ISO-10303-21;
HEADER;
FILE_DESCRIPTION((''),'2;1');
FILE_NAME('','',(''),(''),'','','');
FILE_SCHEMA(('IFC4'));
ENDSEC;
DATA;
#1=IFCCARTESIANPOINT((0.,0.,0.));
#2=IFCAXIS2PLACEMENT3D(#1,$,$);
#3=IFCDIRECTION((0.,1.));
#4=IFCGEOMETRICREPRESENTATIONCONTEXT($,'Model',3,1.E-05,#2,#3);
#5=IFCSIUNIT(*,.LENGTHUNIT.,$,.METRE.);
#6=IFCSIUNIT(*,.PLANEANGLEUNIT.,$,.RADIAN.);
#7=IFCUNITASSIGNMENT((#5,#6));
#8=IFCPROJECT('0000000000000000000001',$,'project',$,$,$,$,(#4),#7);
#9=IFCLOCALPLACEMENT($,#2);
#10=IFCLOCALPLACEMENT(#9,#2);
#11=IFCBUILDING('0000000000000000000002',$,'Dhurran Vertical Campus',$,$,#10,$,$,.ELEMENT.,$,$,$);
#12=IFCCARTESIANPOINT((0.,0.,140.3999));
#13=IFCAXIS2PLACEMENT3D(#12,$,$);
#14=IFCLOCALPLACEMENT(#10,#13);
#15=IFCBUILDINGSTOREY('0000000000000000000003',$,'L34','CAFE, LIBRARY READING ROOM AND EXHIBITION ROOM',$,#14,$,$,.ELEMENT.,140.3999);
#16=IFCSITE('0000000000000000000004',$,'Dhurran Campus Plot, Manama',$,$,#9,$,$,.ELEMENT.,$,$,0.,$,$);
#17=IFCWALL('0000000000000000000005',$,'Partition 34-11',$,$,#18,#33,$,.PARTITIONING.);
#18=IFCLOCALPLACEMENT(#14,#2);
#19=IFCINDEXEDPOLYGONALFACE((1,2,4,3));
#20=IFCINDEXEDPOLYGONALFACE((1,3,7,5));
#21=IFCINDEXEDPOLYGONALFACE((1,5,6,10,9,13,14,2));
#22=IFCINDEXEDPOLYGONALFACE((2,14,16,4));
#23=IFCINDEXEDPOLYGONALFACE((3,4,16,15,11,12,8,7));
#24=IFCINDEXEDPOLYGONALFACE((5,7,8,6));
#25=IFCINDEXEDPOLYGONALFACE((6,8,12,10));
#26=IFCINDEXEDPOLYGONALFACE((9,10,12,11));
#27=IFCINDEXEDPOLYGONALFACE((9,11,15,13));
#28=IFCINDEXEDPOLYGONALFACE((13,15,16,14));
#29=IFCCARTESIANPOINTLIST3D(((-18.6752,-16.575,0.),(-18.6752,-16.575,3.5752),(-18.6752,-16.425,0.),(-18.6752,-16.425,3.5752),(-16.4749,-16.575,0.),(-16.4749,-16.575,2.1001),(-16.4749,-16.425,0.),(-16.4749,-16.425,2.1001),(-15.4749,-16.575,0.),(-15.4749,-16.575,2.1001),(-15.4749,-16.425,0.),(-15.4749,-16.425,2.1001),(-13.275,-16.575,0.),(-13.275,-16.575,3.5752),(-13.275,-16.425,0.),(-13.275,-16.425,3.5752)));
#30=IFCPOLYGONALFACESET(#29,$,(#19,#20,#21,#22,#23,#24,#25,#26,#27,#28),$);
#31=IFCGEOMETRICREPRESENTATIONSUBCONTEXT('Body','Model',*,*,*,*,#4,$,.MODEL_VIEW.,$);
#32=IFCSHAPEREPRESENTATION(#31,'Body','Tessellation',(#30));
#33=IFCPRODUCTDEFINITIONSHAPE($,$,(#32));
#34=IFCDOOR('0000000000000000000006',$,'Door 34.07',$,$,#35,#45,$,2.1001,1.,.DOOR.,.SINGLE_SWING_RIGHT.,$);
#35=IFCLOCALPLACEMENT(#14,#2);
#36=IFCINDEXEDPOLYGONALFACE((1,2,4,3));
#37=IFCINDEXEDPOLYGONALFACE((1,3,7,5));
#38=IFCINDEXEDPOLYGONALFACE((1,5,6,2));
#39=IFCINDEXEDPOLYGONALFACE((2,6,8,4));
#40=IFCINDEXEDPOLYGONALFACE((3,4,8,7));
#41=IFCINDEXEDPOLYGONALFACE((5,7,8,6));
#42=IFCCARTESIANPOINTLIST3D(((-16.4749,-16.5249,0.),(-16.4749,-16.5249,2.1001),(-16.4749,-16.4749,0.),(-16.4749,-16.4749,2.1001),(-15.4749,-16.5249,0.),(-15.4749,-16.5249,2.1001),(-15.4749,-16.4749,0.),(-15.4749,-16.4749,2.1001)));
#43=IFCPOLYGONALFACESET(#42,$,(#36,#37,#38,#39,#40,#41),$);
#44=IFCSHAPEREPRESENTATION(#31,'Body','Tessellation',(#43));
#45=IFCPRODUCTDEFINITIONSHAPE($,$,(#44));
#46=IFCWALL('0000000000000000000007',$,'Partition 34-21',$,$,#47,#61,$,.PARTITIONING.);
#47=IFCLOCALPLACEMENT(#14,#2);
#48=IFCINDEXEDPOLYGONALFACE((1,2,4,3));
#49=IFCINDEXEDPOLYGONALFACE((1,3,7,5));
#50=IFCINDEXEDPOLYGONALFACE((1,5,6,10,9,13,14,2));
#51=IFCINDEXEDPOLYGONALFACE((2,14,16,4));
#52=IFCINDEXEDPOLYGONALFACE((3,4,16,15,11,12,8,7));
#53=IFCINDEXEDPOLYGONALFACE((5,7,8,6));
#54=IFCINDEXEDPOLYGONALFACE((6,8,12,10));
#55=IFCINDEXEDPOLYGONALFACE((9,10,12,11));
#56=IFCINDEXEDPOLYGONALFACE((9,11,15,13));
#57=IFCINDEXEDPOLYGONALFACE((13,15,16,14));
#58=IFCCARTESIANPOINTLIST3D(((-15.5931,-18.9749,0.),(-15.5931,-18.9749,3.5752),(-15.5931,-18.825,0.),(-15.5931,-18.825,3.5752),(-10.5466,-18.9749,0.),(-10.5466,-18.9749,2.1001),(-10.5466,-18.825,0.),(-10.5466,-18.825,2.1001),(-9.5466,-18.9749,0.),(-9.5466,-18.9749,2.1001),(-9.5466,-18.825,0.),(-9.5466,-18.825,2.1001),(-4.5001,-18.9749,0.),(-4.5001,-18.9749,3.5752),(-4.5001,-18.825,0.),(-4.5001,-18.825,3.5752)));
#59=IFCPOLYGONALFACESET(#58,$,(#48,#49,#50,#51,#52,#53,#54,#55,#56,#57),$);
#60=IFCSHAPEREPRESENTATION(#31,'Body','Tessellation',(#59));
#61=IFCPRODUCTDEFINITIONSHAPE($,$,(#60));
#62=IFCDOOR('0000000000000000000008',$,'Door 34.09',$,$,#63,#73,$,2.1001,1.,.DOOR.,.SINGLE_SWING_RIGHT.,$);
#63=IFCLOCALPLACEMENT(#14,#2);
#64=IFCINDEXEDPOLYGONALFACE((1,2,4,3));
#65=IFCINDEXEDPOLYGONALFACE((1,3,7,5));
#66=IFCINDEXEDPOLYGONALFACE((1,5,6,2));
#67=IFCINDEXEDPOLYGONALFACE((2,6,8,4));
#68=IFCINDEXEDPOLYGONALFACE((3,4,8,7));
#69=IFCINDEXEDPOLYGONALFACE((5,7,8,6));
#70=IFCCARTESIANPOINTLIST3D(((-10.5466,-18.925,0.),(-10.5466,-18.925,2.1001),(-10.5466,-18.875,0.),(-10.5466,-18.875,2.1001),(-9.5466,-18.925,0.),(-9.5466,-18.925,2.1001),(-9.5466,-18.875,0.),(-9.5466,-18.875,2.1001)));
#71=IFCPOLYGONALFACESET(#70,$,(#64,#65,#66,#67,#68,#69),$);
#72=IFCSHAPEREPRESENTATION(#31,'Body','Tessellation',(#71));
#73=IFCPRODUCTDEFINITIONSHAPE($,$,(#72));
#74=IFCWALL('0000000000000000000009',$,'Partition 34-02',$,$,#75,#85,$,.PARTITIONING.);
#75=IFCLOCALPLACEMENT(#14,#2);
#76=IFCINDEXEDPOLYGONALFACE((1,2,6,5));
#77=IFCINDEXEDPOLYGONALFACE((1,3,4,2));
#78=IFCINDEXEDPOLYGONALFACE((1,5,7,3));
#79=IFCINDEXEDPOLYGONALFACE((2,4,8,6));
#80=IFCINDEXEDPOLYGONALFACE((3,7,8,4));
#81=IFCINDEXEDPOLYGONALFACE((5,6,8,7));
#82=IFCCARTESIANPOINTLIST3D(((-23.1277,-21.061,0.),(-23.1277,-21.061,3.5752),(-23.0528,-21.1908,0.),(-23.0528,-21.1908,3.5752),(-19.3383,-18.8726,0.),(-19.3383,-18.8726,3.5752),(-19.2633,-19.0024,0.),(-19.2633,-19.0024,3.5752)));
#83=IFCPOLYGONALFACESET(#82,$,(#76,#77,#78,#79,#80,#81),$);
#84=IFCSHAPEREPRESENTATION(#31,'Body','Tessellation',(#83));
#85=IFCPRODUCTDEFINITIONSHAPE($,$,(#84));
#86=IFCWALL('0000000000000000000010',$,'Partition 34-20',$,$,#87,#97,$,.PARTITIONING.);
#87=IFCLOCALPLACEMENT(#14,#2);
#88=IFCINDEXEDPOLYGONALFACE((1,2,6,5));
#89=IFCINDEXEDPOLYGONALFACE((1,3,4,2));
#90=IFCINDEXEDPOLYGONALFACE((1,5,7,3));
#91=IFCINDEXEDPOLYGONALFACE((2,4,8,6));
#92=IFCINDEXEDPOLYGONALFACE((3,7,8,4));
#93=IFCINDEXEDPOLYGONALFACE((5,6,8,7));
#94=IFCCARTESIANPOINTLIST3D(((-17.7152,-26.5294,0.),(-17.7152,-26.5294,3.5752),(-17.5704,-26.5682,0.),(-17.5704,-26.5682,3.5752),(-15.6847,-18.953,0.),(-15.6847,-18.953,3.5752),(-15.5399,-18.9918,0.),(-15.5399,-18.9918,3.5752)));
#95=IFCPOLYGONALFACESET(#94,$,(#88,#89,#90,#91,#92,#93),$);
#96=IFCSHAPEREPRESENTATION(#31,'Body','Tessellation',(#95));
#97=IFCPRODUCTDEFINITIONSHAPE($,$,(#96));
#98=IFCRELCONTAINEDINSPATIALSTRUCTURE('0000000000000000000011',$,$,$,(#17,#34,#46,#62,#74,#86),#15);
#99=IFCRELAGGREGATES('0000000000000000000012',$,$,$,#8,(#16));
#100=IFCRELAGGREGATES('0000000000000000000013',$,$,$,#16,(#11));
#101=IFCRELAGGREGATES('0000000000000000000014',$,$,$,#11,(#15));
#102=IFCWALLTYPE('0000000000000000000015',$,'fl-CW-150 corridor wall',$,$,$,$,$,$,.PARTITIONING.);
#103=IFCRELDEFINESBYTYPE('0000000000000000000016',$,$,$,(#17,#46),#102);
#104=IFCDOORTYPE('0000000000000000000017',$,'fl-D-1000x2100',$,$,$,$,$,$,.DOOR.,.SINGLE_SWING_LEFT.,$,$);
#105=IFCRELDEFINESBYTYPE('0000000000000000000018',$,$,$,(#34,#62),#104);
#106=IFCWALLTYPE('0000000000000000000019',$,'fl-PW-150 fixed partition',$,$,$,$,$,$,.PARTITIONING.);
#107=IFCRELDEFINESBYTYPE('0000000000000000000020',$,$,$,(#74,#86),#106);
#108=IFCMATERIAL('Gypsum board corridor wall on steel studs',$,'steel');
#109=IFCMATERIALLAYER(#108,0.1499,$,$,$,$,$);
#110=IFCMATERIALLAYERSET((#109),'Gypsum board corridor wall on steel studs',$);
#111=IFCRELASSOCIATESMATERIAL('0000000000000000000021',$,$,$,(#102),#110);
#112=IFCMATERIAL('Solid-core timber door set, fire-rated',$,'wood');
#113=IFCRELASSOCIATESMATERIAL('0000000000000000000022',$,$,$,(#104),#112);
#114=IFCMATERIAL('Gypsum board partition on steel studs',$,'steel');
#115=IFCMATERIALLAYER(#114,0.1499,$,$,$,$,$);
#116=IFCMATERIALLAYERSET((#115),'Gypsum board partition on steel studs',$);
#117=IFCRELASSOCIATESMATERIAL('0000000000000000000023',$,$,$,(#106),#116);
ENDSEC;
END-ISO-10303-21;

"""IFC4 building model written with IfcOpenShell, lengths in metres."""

from ifc_helpers import new_model, si_unit, direction, frame, frame_2d, origin, place, context, subcontext, project, spatial, rectangle, extrude, material, layer, layer_set, type_object, element, fill, save


model = new_model("IFC4")

# Units and contexts
model_context = context("Model", 3, precision=1e-05, world=origin(), true_north=direction((0.0, 1.0)))
body_context = subcontext(model_context, "Body", "Model", "MODEL_VIEW")
ifc_project = project(units=[si_unit("LENGTHUNIT", "METRE"), si_unit("PLANEANGLEUNIT", "RADIAN")], contexts=[model_context])

# Site, building, storey
site_placement = place(None, origin())
site = spatial("IfcSite", under=ifc_project, at=site_placement, Name="Dhurran Campus Plot, Manama", CompositionType="ELEMENT", RefElevation=0.0)
building_placement = place(site_placement, origin())
building = spatial("IfcBuilding", under=site, at=building_placement, Name="Dhurran Vertical Campus", CompositionType="ELEMENT")
storey_placement = place(building_placement, frame((0.0, 0.0, 140.3999)))
storey = spatial("IfcBuildingStorey", under=building, at=storey_placement, Name="L34", Description="CAFE, LIBRARY READING ROOM AND EXHIBITION ROOM", CompositionType="ELEMENT", Elevation=140.3999)

# Shared definitions
ifc_material_1 = material(Name="Gypsum board corridor wall on steel studs", Category="steel")
ifc_layer_1 = layer(ifc_material_1, 0.1499)
ifc_layer_set_1 = layer_set([ifc_layer_1], Name="Gypsum board corridor wall on steel studs")
wall_type_1 = type_object("IfcWallType", Name="fl-CW-150 corridor wall", PredefinedType="PARTITIONING", material=ifc_layer_set_1)

# Shared definitions
ifc_material_2 = material(Name="Solid-core timber door set, fire-rated", Category="wood")
door_type = type_object("IfcDoorType", Name="fl-D-1000x2100", OperationType="SINGLE_SWING_LEFT", PredefinedType="DOOR", material=ifc_material_2)

# Walls, openings, doors
wall_1_placement = place(storey_placement, frame((-13.2749, -16.5, 0.0), z_axis=(0.0, 0.0, 1.0), x_axis=(-1.0, 0.0, 0.0)))
wall_1 = element("IfcWall", 1, at=wall_1_placement, inside=storey, type_object=wall_type_1, Name="Partition 34-11", PredefinedType="PARTITIONING", context=body_context, shape_type="SweptSolid", body=[
    extrude(rectangle(XDim=5.4001, YDim=0.1499, at=frame_2d((2.7002, 0.0))), origin(), (0.0, 0.0, 1.0), 3.5752),
])
opening_1_placement = place(wall_1_placement, frame((2.2, 0.0, 0.0)))
opening_1 = element("IfcOpeningElement", 2, at=opening_1_placement, cuts=wall_1, PredefinedType="OPENING", context=body_context, shape_type="SweptSolid", body=[
    extrude(rectangle(XDim=1.0, YDim=2.1001, at=frame_2d((0.5, 1.05))), frame((0.0, 0.085, 0.0), z_axis=(0.0, -1.0, 0.0), x_axis=(1.0, 0.0, 0.0)), (0.0, 0.0, 1.0), 0.1699),
])
door_1_placement = place(opening_1_placement, origin())
door_1 = element("IfcDoor", 3, at=door_1_placement, inside=storey, type_object=door_type, Name="Door 34.07", OperationType="SINGLE_SWING_RIGHT", OverallHeight=2.1001, OverallWidth=1.0, PredefinedType="DOOR", context=body_context, shape_type="SweptSolid", body=[
    extrude(rectangle(XDim=1.0, YDim=2.1001, at=frame_2d((0.5, 1.05))), frame((0.0, 0.0249, 0.0), z_axis=(0.0, -1.0, 0.0), x_axis=(1.0, 0.0, 0.0)), (0.0, 0.0, 1.0), 0.05),
])
fill(opening_1, door_1)
wall_2_placement = place(storey_placement, frame((-15.593, -18.8999, 0.0), z_axis=(0.0, 0.0, 1.0), x_axis=(1.0, 0.0, 0.0)))
wall_2 = element("IfcWall", 4, at=wall_2_placement, inside=storey, type_object=wall_type_1, Name="Partition 34-21", PredefinedType="PARTITIONING", context=body_context, shape_type="SweptSolid", body=[
    extrude(rectangle(XDim=11.093, YDim=0.1499, at=frame_2d((5.5464, 0.0))), origin(), (0.0, 0.0, 1.0), 3.5752),
])
opening_2_placement = place(wall_2_placement, frame((5.0464, 0.0, 0.0)))
opening_2 = element("IfcOpeningElement", 5, at=opening_2_placement, cuts=wall_2, PredefinedType="OPENING", context=body_context, shape_type="SweptSolid", body=[
    extrude(rectangle(XDim=1.0, YDim=2.1001, at=frame_2d((0.5, 1.05))), frame((0.0, 0.085, 0.0), z_axis=(0.0, -1.0, 0.0), x_axis=(1.0, 0.0, 0.0)), (0.0, 0.0, 1.0), 0.1699),
])
door_2_placement = place(opening_2_placement, origin())
door_2 = element("IfcDoor", 6, at=door_2_placement, inside=storey, type_object=door_type, Name="Door 34.09", OperationType="SINGLE_SWING_RIGHT", OverallHeight=2.1001, OverallWidth=1.0, PredefinedType="DOOR", context=body_context, shape_type="SweptSolid", body=[
    extrude(rectangle(XDim=1.0, YDim=2.1001, at=frame_2d((0.5, 1.05))), frame((0.0, 0.0249, 0.0), z_axis=(0.0, -1.0, 0.0), x_axis=(1.0, 0.0, 0.0)), (0.0, 0.0, 1.0), 0.05),
])
fill(opening_2, door_2)

# Walls
ifc_material_3 = material(Name="Gypsum board partition on steel studs", Category="steel")
ifc_layer_2 = layer(ifc_material_3, 0.1499)
ifc_layer_set_2 = layer_set([ifc_layer_2], Name="Gypsum board partition on steel studs")
wall_type_2 = type_object("IfcWallType", Name="fl-PW-150 fixed partition", PredefinedType="PARTITIONING", material=ifc_layer_set_2)
wall_3_placement = place(storey_placement, frame((-19.3008, -18.9375, 0.0), z_axis=(0.0, 0.0, 1.0), x_axis=(-0.865968, -0.500099, 0.0)))
element("IfcWall", 7, at=wall_3_placement, inside=storey, type_object=wall_type_2, Name="Partition 34-02", PredefinedType="PARTITIONING", context=body_context, shape_type="SweptSolid", body=[
    extrude(rectangle(XDim=4.376, YDim=0.1499, at=frame_2d((2.188, 0.0))), origin(), (0.0, 0.0, 1.0), 3.5752),
])
wall_4_placement = place(storey_placement, frame((-15.6123, -18.9724, 0.0), z_axis=(0.0, 0.0, 1.0), x_axis=(-0.258869, -0.965912, 0.0)))
element("IfcWall", 8, at=wall_4_placement, inside=storey, type_object=wall_type_2, Name="Partition 34-20", PredefinedType="PARTITIONING", context=body_context, shape_type="SweptSolid", body=[
    extrude(rectangle(XDim=7.8438, YDim=0.1499, at=frame_2d((3.9219, 0.0))), origin(), (0.0, 0.0, 1.0), 3.5752),
])

save(model, "model.ifc")
